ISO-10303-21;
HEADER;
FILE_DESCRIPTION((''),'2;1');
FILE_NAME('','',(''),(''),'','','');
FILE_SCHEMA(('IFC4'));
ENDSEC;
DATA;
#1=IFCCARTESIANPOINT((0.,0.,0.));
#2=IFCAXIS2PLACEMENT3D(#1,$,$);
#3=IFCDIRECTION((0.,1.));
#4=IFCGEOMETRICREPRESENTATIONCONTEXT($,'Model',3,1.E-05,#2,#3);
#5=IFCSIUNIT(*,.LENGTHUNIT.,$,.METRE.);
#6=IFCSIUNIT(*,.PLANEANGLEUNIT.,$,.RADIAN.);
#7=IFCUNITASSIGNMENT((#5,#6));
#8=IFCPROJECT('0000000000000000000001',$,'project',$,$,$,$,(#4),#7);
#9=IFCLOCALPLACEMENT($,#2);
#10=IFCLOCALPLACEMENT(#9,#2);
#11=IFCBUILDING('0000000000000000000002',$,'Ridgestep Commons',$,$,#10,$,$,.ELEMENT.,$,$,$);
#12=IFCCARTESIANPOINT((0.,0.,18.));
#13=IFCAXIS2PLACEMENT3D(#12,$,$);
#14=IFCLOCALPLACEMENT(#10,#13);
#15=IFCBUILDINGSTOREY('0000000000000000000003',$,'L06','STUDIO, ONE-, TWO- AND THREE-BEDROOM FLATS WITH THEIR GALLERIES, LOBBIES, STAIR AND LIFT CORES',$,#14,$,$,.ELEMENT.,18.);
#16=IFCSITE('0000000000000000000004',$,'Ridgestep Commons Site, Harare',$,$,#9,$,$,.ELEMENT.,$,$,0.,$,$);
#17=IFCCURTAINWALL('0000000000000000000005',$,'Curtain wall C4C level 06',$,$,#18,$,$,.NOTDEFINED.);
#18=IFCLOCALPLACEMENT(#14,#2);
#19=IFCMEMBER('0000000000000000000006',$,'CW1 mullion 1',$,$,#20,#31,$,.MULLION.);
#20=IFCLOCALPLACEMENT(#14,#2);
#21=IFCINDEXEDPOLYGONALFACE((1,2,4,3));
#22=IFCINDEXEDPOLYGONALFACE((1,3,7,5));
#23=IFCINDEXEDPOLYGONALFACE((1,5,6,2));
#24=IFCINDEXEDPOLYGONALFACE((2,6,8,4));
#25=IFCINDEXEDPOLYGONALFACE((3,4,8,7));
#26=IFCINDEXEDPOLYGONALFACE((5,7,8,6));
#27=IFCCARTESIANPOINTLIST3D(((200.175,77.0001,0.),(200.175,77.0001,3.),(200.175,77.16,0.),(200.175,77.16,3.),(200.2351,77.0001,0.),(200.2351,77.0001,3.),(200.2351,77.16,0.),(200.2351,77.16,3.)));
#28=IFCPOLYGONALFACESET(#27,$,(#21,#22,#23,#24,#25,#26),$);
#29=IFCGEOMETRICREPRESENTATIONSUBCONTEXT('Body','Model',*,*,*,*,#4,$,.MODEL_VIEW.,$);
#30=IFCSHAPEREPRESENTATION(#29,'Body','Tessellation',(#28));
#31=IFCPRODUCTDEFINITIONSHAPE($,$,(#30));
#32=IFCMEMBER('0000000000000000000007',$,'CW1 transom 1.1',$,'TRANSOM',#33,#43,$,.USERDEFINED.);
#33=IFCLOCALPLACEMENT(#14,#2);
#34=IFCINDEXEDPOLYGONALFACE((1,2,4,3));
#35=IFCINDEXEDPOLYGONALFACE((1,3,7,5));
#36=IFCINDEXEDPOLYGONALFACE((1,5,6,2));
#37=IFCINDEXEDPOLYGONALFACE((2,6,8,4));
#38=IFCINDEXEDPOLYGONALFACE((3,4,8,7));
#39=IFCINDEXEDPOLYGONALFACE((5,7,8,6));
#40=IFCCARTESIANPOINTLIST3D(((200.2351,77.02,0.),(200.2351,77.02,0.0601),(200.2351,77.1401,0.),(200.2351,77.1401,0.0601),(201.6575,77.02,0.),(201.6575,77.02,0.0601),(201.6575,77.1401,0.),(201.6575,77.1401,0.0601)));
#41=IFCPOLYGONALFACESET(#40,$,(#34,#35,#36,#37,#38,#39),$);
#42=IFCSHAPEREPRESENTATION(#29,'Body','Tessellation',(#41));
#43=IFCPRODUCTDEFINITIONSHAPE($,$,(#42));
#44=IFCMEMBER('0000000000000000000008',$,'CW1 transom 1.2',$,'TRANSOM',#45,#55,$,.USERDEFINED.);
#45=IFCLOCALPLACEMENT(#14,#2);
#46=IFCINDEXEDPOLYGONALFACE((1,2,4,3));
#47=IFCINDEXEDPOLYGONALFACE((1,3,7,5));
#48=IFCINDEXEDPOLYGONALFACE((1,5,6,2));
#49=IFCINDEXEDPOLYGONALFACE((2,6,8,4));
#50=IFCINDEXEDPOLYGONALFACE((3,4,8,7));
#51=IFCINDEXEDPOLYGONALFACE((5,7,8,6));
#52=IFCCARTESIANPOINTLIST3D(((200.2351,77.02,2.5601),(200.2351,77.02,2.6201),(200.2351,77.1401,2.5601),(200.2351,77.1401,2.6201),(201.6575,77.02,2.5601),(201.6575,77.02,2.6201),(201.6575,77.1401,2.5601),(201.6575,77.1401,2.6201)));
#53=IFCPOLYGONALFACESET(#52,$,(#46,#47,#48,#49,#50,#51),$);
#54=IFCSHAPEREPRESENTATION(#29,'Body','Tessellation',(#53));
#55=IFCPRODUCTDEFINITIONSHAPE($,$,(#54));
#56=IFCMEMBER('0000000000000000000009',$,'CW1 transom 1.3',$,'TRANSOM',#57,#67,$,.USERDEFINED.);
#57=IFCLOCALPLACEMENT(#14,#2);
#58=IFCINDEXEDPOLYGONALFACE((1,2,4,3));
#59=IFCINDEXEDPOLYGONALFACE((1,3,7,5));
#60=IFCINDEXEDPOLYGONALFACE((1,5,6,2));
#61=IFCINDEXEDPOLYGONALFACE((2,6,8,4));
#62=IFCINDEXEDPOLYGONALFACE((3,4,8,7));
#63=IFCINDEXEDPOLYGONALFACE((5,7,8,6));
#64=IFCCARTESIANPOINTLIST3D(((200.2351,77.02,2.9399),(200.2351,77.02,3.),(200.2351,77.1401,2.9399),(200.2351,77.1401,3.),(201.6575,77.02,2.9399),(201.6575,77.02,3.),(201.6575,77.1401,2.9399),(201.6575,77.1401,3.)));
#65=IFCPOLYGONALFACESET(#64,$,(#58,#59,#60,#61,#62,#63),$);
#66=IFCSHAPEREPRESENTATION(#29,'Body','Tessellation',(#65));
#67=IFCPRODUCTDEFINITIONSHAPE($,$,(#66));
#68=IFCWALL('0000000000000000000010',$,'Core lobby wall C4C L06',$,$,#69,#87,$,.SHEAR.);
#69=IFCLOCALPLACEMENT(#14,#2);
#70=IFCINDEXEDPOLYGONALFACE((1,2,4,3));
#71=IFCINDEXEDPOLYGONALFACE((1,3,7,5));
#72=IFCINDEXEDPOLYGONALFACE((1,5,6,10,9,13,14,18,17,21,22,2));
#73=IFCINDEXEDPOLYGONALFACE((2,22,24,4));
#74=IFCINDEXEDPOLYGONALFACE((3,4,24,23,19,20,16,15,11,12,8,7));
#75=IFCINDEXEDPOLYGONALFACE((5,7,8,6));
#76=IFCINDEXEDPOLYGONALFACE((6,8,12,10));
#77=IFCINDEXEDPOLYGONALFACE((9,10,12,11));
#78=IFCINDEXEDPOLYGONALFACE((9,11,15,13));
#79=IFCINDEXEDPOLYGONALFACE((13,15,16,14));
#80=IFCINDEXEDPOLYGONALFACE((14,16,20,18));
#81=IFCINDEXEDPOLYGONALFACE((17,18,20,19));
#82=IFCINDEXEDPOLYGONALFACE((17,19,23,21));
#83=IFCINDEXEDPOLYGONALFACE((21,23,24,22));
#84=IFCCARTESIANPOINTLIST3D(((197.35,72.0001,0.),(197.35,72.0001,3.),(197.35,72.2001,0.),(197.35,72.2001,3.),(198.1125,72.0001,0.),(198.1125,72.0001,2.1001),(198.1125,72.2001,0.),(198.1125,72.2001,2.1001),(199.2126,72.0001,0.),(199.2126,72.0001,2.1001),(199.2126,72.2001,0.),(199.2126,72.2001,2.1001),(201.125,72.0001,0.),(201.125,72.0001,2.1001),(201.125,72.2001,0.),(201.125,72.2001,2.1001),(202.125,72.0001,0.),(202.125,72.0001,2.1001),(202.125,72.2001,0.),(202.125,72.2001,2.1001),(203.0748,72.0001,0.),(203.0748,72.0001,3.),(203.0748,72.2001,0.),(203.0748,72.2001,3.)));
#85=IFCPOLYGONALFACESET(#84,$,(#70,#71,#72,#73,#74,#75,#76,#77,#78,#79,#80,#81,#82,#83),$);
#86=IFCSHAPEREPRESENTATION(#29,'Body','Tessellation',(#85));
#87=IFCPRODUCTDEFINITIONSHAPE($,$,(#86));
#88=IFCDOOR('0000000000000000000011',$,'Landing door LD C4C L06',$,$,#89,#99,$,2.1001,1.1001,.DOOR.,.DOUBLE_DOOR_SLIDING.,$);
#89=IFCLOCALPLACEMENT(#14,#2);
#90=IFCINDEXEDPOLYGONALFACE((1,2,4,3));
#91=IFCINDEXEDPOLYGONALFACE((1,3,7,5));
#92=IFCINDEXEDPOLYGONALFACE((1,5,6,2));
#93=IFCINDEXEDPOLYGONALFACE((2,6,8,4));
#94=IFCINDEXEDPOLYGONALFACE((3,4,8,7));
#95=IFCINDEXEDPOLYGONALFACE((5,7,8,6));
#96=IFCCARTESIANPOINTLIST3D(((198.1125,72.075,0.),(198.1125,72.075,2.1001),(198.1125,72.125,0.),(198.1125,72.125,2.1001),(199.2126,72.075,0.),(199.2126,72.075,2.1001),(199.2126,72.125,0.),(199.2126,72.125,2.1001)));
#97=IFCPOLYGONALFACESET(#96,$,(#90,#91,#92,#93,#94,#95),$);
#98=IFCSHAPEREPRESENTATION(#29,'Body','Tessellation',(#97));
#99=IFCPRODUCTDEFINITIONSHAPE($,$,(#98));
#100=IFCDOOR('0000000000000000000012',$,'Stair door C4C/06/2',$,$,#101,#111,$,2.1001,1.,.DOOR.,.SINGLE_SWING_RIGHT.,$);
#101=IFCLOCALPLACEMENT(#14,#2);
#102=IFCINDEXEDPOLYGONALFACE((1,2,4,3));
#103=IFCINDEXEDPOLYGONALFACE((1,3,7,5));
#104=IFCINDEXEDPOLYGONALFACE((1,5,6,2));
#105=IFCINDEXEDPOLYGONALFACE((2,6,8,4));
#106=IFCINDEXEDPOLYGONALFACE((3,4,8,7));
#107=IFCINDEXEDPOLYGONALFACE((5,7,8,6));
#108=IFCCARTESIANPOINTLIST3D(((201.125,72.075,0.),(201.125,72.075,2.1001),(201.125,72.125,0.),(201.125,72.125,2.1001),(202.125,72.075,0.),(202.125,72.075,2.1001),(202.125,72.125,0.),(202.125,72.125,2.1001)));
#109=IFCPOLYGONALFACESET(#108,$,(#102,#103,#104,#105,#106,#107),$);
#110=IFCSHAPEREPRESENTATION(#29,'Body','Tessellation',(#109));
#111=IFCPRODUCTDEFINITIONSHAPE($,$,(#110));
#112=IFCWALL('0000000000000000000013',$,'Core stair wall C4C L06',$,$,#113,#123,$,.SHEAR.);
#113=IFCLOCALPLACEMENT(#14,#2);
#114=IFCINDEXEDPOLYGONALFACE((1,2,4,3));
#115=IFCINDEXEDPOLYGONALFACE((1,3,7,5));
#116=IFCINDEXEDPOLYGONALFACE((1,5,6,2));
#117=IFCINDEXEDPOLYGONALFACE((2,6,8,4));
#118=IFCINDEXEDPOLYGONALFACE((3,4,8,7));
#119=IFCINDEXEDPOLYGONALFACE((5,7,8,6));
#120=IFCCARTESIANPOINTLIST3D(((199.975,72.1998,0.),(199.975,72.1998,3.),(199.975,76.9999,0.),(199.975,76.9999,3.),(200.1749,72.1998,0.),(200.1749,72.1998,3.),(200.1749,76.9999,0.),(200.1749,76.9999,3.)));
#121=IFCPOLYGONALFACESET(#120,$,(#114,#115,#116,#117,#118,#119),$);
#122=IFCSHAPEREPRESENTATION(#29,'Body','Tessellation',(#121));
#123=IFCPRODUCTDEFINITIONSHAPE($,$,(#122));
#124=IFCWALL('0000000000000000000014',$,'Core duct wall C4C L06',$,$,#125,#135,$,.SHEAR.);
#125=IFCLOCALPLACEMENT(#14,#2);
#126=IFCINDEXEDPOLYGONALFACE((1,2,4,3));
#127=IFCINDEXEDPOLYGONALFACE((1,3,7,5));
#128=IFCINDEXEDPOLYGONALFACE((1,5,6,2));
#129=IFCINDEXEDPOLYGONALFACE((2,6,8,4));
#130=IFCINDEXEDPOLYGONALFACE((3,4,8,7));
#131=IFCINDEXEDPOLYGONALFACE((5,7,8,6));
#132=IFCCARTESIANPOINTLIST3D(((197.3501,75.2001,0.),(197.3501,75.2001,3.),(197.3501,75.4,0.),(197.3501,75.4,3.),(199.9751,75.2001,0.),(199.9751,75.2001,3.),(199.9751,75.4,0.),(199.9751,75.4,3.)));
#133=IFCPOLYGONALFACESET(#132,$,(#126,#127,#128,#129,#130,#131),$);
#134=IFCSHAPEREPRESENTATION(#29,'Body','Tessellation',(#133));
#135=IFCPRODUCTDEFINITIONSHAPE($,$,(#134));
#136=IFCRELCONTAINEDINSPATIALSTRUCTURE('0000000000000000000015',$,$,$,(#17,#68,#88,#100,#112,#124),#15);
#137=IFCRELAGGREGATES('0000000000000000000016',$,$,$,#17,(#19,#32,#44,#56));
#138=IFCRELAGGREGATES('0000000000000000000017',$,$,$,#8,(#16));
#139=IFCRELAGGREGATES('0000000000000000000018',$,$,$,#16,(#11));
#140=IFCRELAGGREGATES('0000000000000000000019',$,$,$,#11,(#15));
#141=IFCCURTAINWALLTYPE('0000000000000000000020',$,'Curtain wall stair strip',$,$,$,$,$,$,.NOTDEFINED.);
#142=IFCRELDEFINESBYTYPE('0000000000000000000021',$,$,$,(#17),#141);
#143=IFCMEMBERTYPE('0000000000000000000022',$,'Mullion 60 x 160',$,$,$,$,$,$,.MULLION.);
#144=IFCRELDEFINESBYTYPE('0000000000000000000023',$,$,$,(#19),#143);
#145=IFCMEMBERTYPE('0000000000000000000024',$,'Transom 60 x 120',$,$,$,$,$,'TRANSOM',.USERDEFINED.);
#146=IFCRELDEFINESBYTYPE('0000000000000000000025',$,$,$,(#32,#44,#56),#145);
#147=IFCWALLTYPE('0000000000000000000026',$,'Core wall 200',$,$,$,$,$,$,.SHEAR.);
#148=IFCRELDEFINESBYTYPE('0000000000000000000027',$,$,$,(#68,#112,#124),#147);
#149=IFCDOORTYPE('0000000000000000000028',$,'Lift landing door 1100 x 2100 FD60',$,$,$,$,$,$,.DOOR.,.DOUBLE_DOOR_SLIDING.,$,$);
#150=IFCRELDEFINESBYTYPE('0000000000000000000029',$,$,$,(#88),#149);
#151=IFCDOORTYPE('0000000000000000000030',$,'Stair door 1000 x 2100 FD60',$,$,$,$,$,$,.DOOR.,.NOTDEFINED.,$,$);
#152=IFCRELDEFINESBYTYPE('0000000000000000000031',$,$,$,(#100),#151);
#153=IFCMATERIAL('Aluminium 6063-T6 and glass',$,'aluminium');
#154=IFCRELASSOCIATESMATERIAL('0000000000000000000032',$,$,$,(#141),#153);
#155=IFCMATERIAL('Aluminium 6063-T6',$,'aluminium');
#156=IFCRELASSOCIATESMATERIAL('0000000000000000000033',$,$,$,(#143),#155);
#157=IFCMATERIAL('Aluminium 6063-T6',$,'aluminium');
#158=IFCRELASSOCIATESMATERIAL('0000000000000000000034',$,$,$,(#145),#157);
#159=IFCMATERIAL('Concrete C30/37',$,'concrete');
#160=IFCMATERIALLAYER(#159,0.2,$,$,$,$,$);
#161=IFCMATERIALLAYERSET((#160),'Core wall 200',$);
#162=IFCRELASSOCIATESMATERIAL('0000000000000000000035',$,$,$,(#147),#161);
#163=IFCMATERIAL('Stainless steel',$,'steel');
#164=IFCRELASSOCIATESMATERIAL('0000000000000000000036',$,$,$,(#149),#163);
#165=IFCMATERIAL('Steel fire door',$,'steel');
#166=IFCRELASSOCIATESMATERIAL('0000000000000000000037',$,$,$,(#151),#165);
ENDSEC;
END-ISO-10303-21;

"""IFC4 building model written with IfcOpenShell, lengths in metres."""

from ifc_helpers import new_model, si_unit, direction, frame, frame_2d, origin, origin_2d, place, context, subcontext, project, spatial, rectangle, extrude, material, layer, layer_set, material_profile, profile_set, type_object, element, fill, aggregate, save


model = new_model("IFC4")

# Units and contexts
model_context = context("Model", 3, precision=1e-05, world=origin(), true_north=direction((0.0, 1.0)))
body_context = subcontext(model_context, "Body", "Model", "MODEL_VIEW")
ifc_project = project(units=[si_unit("LENGTHUNIT", "METRE"), si_unit("PLANEANGLEUNIT", "RADIAN")], contexts=[model_context])

# Site, building, storey
site_placement = place(None, origin())
site = spatial("IfcSite", under=ifc_project, at=site_placement, Name="Ridgestep Commons Site, Harare", CompositionType="ELEMENT", RefElevation=0.0)
building_placement = place(site_placement, origin())
building = spatial("IfcBuilding", under=site, at=building_placement, Name="Ridgestep Commons", CompositionType="ELEMENT")
storey_placement = place(building_placement, frame((0.0, 0.0, 18.0)))
storey = spatial("IfcBuildingStorey", under=building, at=storey_placement, Name="L06", Description="STUDIO, ONE-, TWO- AND THREE-BEDROOM FLATS WITH THEIR GALLERIES, LOBBIES, STAIR AND LIFT CORES", CompositionType="ELEMENT", Elevation=18.0)

# Curtain wall, members
ifc_material_1 = material(Name="Aluminium 6063-T6 and glass", Category="aluminium")
curtain_wall_type = type_object("IfcCurtainWallType", Name="Curtain wall stair strip", PredefinedType="NOTDEFINED", material=ifc_material_1)
curtain_wall_placement = place(storey_placement, origin())
curtain_wall = element("IfcCurtainWall", 1, at=curtain_wall_placement, inside=storey, type_object=curtain_wall_type, Name="Curtain wall C4C level 06", PredefinedType="NOTDEFINED")
ifc_material_2 = material(Name="Aluminium 6063-T6", Category="aluminium")
ifc_material_profile_1 = material_profile(ifc_material_2, rectangle(XDim=0.1599, YDim=0.0601, at=origin_2d()), Name="Mullion 60 x 160")
ifc_profile_set_1 = profile_set([ifc_material_profile_1], Name="Aluminium 6063-T6")
member_type_1 = type_object("IfcMemberType", Name="Mullion 60 x 160", PredefinedType="MULLION", material=ifc_profile_set_1)
member_1_placement = place(storey_placement, frame((200.2051, 77.0801, 0.0), z_axis=(0.0, 0.0, 1.0), x_axis=(0.0, 1.0, 0.0)))
member_1 = element("IfcMember", 2, at=member_1_placement, type_object=member_type_1, Name="CW1 mullion 1", PredefinedType="MULLION", context=body_context, shape_type="SweptSolid", body=[
    extrude(rectangle(XDim=0.1599, YDim=0.0601, at=origin_2d()), origin(), (0.0, 0.0, 1.0), 3.0),
])
ifc_material_3 = material(Name="Aluminium 6063-T6", Category="aluminium")
ifc_material_profile_2 = material_profile(ifc_material_3, rectangle(XDim=0.1201, YDim=0.0601, at=origin_2d()), Name="Transom 60 x 120")
ifc_profile_set_2 = profile_set([ifc_material_profile_2], Name="Aluminium 6063-T6")
member_type_2 = type_object("IfcMemberType", Name="Transom 60 x 120", ElementType="TRANSOM", PredefinedType="USERDEFINED", material=ifc_profile_set_2)
member_2_placement = place(storey_placement, frame((200.2351, 77.0801, 0.03), z_axis=(1.0, 0.0, 0.0), x_axis=(0.0, 1.0, 0.0)))
member_2 = element("IfcMember", 3, at=member_2_placement, type_object=member_type_2, Name="CW1 transom 1.1", ObjectType="TRANSOM", PredefinedType="USERDEFINED", context=body_context, shape_type="SweptSolid", body=[
    extrude(rectangle(XDim=0.1201, YDim=0.0601, at=origin_2d()), origin(), (0.0, 0.0, 1.0), 1.4224),
])
member_3_placement = place(storey_placement, frame((200.2351, 77.0801, 2.5901), z_axis=(1.0, 0.0, 0.0), x_axis=(0.0, 1.0, 0.0)))
member_3 = element("IfcMember", 4, at=member_3_placement, type_object=member_type_2, Name="CW1 transom 1.2", ObjectType="TRANSOM", PredefinedType="USERDEFINED", context=body_context, shape_type="SweptSolid", body=[
    extrude(rectangle(XDim=0.1201, YDim=0.0601, at=origin_2d()), origin(), (0.0, 0.0, 1.0), 1.4224),
])
member_4_placement = place(storey_placement, frame((200.2351, 77.0801, 2.97), z_axis=(1.0, 0.0, 0.0), x_axis=(0.0, 1.0, 0.0)))
member_4 = element("IfcMember", 5, at=member_4_placement, type_object=member_type_2, Name="CW1 transom 1.3", ObjectType="TRANSOM", PredefinedType="USERDEFINED", context=body_context, shape_type="SweptSolid", body=[
    extrude(rectangle(XDim=0.1201, YDim=0.0601, at=origin_2d()), origin(), (0.0, 0.0, 1.0), 1.4224),
])
aggregate(curtain_wall, [member_1, member_2, member_3, member_4])

# Wall, openings, doors
ifc_material_4 = material(Name="Concrete C30/37", Category="concrete")
ifc_layer_1 = layer(ifc_material_4, 0.2)
ifc_layer_set_1 = layer_set([ifc_layer_1], Name="Core wall 200")
wall_type_1 = type_object("IfcWallType", Name="Core wall 200", PredefinedType="SHEAR", material=ifc_layer_set_1)
wall_1_placement = place(storey_placement, frame((197.3501, 72.1001, 0.0), z_axis=(0.0, 0.0, 1.0), x_axis=(1.0, 0.0, 0.0)))
wall_1 = element("IfcWall", 6, at=wall_1_placement, inside=storey, type_object=wall_type_1, Name="Core lobby wall C4C L06", PredefinedType="SHEAR", context=body_context, shape_type="SweptSolid", body=[
    extrude(rectangle(XDim=5.7249, YDim=0.2, at=frame_2d((2.8623, 0.0))), origin(), (0.0, 0.0, 1.0), 3.0),
])
opening_1_placement = place(wall_1_placement, frame((3.7749, 0.0, 0.0)))
opening_1 = element("IfcOpeningElement", 7, at=opening_1_placement, cuts=wall_1, PredefinedType="OPENING", context=body_context, shape_type="SweptSolid", body=[
    extrude(rectangle(XDim=1.0, YDim=2.1001, at=frame_2d((0.5, 1.05))), frame((0.0, 0.1099, 0.0), z_axis=(0.0, -1.0, 0.0), x_axis=(1.0, 0.0, 0.0)), (0.0, 0.0, 1.0), 0.22),
])
opening_2_placement = place(wall_1_placement, frame((0.7625, 0.0, 0.0)))
opening_2 = element("IfcOpeningElement", 8, at=opening_2_placement, cuts=wall_1, PredefinedType="OPENING", context=body_context, shape_type="SweptSolid", body=[
    extrude(rectangle(XDim=1.1001, YDim=2.1001, at=frame_2d((0.55, 1.05))), frame((0.0, 0.1099, 0.0), z_axis=(0.0, -1.0, 0.0), x_axis=(1.0, 0.0, 0.0)), (0.0, 0.0, 1.0), 0.22),
])
ifc_material_5 = material(Name="Stainless steel", Category="steel")
door_type_1 = type_object("IfcDoorType", Name="Lift landing door 1100 x 2100 FD60", OperationType="DOUBLE_DOOR_SLIDING", PredefinedType="DOOR", material=ifc_material_5)
door_1_placement = place(opening_2_placement, origin())
door_1 = element("IfcDoor", 9, at=door_1_placement, inside=storey, type_object=door_type_1, Name="Landing door LD C4C L06", OperationType="DOUBLE_DOOR_SLIDING", OverallHeight=2.1001, OverallWidth=1.1001, PredefinedType="DOOR", context=body_context, shape_type="SweptSolid", body=[
    extrude(rectangle(XDim=1.1001, YDim=2.1001, at=frame_2d((0.55, 1.05))), frame((0.0, 0.0249, 0.0), z_axis=(0.0, -1.0, 0.0), x_axis=(1.0, 0.0, 0.0)), (0.0, 0.0, 1.0), 0.05),
])
fill(opening_2, door_1)
ifc_material_6 = material(Name="Steel fire door", Category="steel")
door_type_2 = type_object("IfcDoorType", Name="Stair door 1000 x 2100 FD60", OperationType="NOTDEFINED", PredefinedType="DOOR", material=ifc_material_6)
door_2_placement = place(opening_1_placement, origin())
door_2 = element("IfcDoor", 10, at=door_2_placement, inside=storey, type_object=door_type_2, Name="Stair door C4C/06/2", OperationType="SINGLE_SWING_RIGHT", OverallHeight=2.1001, OverallWidth=1.0, PredefinedType="DOOR", context=body_context, shape_type="SweptSolid", body=[
    extrude(rectangle(XDim=1.0, YDim=2.1001, at=frame_2d((0.5, 1.05))), frame((0.0, 0.0249, 0.0), z_axis=(0.0, -1.0, 0.0), x_axis=(1.0, 0.0, 0.0)), (0.0, 0.0, 1.0), 0.05),
])
fill(opening_1, door_2)

# Walls
wall_2_placement = place(storey_placement, frame((200.075, 72.2, 0.0), z_axis=(0.0, 0.0, 1.0), x_axis=(0.0, 1.0, 0.0)))
element("IfcWall", 11, at=wall_2_placement, inside=storey, type_object=wall_type_1, Name="Core stair wall C4C L06", PredefinedType="SHEAR", context=body_context, shape_type="SweptSolid", body=[
    extrude(rectangle(XDim=4.8, YDim=0.2, at=frame_2d((2.3999, 0.0))), origin(), (0.0, 0.0, 1.0), 3.0),
])
wall_3_placement = place(storey_placement, frame((197.3501, 75.3, 0.0), z_axis=(0.0, 0.0, 1.0), x_axis=(1.0, 0.0, 0.0)))
element("IfcWall", 12, at=wall_3_placement, inside=storey, type_object=wall_type_1, Name="Core duct wall C4C L06", PredefinedType="SHEAR", context=body_context, shape_type="SweptSolid", body=[
    extrude(rectangle(XDim=2.625, YDim=0.2, at=frame_2d((1.3125, 0.0))), origin(), (0.0, 0.0, 1.0), 3.0),
])

save(model, "model.ifc")
